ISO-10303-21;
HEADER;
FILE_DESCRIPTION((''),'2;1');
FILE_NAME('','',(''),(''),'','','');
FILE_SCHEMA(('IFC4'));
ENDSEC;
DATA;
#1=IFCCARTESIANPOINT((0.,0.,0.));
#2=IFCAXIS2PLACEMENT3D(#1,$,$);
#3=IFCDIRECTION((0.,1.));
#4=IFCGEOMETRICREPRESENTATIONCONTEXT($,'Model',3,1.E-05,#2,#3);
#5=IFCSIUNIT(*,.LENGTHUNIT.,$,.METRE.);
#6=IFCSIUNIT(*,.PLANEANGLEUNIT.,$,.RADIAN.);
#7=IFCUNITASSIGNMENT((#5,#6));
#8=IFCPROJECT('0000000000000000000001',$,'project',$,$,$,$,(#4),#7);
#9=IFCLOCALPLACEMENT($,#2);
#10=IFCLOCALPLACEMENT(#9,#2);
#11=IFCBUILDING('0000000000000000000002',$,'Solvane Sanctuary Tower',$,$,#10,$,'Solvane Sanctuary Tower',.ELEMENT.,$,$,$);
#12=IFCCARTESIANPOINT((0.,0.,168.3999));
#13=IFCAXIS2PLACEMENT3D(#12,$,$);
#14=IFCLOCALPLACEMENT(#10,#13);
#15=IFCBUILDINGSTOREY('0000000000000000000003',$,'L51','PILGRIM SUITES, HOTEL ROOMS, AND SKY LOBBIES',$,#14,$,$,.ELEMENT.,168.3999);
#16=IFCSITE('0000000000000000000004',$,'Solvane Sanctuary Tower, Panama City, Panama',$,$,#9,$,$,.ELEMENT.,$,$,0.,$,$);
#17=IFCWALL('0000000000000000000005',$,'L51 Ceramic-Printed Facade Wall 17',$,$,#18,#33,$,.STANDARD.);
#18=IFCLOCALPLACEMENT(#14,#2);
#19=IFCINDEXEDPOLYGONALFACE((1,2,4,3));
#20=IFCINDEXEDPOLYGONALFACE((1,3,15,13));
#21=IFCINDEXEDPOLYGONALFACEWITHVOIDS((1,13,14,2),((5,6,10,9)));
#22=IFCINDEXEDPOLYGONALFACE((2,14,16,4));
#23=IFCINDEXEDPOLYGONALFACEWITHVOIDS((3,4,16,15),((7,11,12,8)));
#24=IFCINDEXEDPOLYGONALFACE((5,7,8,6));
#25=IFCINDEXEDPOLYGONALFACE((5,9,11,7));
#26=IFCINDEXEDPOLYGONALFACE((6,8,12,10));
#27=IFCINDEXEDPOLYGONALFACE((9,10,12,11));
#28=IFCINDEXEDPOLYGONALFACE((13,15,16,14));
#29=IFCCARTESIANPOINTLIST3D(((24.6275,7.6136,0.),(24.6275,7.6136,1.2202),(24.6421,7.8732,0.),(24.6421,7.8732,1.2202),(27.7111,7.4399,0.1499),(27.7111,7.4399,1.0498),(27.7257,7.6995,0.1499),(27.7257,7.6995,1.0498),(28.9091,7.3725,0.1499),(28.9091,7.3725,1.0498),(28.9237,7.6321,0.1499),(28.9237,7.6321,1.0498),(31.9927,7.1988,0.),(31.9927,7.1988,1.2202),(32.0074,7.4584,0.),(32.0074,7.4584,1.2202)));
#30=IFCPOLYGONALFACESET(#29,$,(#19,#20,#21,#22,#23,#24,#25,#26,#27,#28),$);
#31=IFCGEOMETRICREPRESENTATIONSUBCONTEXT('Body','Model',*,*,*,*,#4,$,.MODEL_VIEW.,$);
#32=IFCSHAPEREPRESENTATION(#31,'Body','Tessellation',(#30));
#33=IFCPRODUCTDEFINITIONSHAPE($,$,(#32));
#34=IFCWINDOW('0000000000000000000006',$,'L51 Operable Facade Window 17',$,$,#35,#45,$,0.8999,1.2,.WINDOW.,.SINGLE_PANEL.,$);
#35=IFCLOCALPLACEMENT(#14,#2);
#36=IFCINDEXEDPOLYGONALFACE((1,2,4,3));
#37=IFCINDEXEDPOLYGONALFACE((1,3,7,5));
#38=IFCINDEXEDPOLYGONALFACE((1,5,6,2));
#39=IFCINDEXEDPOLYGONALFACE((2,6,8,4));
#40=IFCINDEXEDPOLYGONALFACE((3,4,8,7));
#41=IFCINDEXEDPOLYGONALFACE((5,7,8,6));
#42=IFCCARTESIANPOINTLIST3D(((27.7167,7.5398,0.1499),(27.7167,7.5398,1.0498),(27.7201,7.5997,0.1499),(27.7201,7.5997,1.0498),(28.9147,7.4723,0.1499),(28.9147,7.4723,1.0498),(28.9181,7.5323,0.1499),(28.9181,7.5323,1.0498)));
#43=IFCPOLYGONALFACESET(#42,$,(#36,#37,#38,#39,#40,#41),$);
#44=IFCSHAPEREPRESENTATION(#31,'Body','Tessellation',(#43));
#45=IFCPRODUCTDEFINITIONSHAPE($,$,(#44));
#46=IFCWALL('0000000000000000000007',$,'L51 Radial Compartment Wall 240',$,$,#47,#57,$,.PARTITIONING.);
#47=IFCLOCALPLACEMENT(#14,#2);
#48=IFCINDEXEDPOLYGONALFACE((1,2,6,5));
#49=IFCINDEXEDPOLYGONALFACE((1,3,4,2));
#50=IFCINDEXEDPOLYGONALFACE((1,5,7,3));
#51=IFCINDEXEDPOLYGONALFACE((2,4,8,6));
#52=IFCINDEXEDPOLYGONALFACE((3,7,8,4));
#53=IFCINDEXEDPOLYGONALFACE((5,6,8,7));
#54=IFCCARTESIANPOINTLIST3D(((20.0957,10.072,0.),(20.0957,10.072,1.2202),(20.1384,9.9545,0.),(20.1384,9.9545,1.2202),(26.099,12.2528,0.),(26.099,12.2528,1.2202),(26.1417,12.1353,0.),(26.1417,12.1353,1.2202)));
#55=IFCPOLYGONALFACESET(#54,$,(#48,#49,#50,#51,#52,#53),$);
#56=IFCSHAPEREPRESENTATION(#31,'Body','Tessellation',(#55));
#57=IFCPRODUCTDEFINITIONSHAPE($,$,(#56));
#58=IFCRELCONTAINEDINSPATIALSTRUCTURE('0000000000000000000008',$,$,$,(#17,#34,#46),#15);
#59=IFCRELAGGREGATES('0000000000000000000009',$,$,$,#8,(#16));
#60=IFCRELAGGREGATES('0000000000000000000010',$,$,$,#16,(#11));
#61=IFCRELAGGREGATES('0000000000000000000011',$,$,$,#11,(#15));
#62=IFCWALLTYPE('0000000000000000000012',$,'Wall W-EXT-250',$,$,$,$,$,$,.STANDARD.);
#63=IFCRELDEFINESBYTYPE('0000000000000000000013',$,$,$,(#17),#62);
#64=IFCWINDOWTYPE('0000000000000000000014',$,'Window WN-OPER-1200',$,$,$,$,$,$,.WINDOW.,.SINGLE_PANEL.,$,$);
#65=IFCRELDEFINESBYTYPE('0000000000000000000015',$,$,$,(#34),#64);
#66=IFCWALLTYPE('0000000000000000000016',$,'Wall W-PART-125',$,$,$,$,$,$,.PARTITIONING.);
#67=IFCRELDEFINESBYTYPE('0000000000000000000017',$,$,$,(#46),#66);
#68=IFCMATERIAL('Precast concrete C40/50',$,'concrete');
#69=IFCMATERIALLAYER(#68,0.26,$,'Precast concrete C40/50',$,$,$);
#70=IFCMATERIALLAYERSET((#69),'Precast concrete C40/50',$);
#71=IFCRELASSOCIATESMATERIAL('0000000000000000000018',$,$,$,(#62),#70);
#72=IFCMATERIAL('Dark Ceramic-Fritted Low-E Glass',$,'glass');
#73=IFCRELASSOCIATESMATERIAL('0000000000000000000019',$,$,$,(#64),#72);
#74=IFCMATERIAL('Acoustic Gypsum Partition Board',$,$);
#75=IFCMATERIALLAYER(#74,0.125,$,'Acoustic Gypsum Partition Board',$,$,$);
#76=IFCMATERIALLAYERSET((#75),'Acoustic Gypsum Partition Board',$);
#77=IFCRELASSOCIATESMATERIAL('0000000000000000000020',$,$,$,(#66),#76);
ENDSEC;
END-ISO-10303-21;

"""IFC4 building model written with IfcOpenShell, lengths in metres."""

from ifc_helpers import new_model, si_unit, direction, frame, frame_2d, origin, place, context, subcontext, project, spatial, rectangle, extrude, material, layer, layer_set, type_object, element, fill, save


model = new_model("IFC4")

# Units and contexts
model_context = context("Model", 3, precision=1e-05, world=origin(), true_north=direction((0.0, 1.0)))
body_context = subcontext(model_context, "Body", "Model", "MODEL_VIEW")
ifc_project = project(units=[si_unit("LENGTHUNIT", "METRE"), si_unit("PLANEANGLEUNIT", "RADIAN")], contexts=[model_context])

# Site, building, storey
site_placement = place(None, origin())
site = spatial("IfcSite", under=ifc_project, at=site_placement, Name="Solvane Sanctuary Tower, Panama City, Panama", CompositionType="ELEMENT", RefElevation=0.0)
building_placement = place(site_placement, origin())
building = spatial("IfcBuilding", under=site, at=building_placement, Name="Solvane Sanctuary Tower", LongName="Solvane Sanctuary Tower", CompositionType="ELEMENT")
storey_placement = place(building_placement, frame((0.0, 0.0, 168.3999)))
storey = spatial("IfcBuildingStorey", under=building, at=storey_placement, Name="L51", Description="PILGRIM SUITES, HOTEL ROOMS, AND SKY LOBBIES", CompositionType="ELEMENT", Elevation=168.3999)

# Shared definitions
ifc_material_1 = material(Name="Acoustic Gypsum Partition Board")

# Wall, opening, window
ifc_material_2 = material(Name="Precast concrete C40/50", Category="concrete")
ifc_layer_1 = layer(ifc_material_2, 0.26, Name="Precast concrete C40/50")
ifc_layer_set_1 = layer_set([ifc_layer_1], Name="Precast concrete C40/50")
wall_type_1 = type_object("IfcWallType", Name="Wall W-EXT-250", PredefinedType="STANDARD", material=ifc_layer_set_1)
ifc_material_3 = material(Name="Dark Ceramic-Fritted Low-E Glass", Category="glass")
window_type = type_object("IfcWindowType", Name="Window WN-OPER-1200", PartitioningType="SINGLE_PANEL", PredefinedType="WINDOW", material=ifc_material_3)
wall_1_placement = place(storey_placement, frame((24.6348, 7.7434, 0.0), z_axis=(0.0, 0.0, 1.0), x_axis=(0.998418, -0.056229, 0.0)))
wall_1 = element("IfcWall", 1, at=wall_1_placement, inside=storey, type_object=wall_type_1, Name="L51 Ceramic-Printed Facade Wall 17", PredefinedType="STANDARD", context=body_context, shape_type="SweptSolid", body=[
    extrude(rectangle(XDim=7.377, YDim=0.26, at=frame_2d((3.6885, 0.0))), origin(), (0.0, 0.0, 1.0), 1.2202),
])
opening_1_placement = place(wall_1_placement, frame((3.0884, 0.0, 0.1499)))
opening_1 = element("IfcOpeningElement", 2, at=opening_1_placement, cuts=wall_1, PredefinedType="OPENING", context=body_context, shape_type="SweptSolid", body=[
    extrude(rectangle(XDim=1.2, YDim=0.8999, at=frame_2d((0.6001, 0.45))), frame((0.0, 0.1399, 0.0), z_axis=(0.0, -1.0, 0.0), x_axis=(1.0, 0.0, 0.0)), (0.0, 0.0, 1.0), 0.28),
])
window_1_placement = place(opening_1_placement, origin())
window_1 = element("IfcWindow", 3, at=window_1_placement, inside=storey, type_object=window_type, Name="L51 Operable Facade Window 17", OverallHeight=0.8999, OverallWidth=1.2, PartitioningType="SINGLE_PANEL", PredefinedType="WINDOW", context=body_context, shape_type="SweptSolid", body=[
    extrude(rectangle(XDim=1.2, YDim=0.8999, at=frame_2d((0.6001, 0.45))), frame((0.0, 0.03, 0.0), z_axis=(0.0, -1.0, 0.0), x_axis=(1.0, 0.0, 0.0)), (0.0, 0.0, 1.0), 0.0601),
])
fill(opening_1, window_1)

# Wall
ifc_layer_2 = layer(ifc_material_1, 0.125, Name="Acoustic Gypsum Partition Board")
ifc_layer_set_2 = layer_set([ifc_layer_2], Name="Acoustic Gypsum Partition Board")
wall_type_2 = type_object("IfcWallType", Name="Wall W-PART-125", PredefinedType="PARTITIONING", material=ifc_layer_set_2)
wall_2_placement = place(storey_placement, frame((26.1204, 12.1941, 0.0), z_axis=(0.0, 0.0, 1.0), x_axis=(-0.939902, -0.341445, 0.0)))
element("IfcWall", 4, at=wall_2_placement, inside=storey, type_object=wall_type_2, Name="L51 Radial Compartment Wall 240", PredefinedType="PARTITIONING", context=body_context, shape_type="SweptSolid", body=[
    extrude(rectangle(XDim=6.3872, YDim=0.125, at=frame_2d((3.1936, 0.0))), origin(), (0.0, 0.0, 1.0), 1.2202),
])

save(model, "model.ifc")
